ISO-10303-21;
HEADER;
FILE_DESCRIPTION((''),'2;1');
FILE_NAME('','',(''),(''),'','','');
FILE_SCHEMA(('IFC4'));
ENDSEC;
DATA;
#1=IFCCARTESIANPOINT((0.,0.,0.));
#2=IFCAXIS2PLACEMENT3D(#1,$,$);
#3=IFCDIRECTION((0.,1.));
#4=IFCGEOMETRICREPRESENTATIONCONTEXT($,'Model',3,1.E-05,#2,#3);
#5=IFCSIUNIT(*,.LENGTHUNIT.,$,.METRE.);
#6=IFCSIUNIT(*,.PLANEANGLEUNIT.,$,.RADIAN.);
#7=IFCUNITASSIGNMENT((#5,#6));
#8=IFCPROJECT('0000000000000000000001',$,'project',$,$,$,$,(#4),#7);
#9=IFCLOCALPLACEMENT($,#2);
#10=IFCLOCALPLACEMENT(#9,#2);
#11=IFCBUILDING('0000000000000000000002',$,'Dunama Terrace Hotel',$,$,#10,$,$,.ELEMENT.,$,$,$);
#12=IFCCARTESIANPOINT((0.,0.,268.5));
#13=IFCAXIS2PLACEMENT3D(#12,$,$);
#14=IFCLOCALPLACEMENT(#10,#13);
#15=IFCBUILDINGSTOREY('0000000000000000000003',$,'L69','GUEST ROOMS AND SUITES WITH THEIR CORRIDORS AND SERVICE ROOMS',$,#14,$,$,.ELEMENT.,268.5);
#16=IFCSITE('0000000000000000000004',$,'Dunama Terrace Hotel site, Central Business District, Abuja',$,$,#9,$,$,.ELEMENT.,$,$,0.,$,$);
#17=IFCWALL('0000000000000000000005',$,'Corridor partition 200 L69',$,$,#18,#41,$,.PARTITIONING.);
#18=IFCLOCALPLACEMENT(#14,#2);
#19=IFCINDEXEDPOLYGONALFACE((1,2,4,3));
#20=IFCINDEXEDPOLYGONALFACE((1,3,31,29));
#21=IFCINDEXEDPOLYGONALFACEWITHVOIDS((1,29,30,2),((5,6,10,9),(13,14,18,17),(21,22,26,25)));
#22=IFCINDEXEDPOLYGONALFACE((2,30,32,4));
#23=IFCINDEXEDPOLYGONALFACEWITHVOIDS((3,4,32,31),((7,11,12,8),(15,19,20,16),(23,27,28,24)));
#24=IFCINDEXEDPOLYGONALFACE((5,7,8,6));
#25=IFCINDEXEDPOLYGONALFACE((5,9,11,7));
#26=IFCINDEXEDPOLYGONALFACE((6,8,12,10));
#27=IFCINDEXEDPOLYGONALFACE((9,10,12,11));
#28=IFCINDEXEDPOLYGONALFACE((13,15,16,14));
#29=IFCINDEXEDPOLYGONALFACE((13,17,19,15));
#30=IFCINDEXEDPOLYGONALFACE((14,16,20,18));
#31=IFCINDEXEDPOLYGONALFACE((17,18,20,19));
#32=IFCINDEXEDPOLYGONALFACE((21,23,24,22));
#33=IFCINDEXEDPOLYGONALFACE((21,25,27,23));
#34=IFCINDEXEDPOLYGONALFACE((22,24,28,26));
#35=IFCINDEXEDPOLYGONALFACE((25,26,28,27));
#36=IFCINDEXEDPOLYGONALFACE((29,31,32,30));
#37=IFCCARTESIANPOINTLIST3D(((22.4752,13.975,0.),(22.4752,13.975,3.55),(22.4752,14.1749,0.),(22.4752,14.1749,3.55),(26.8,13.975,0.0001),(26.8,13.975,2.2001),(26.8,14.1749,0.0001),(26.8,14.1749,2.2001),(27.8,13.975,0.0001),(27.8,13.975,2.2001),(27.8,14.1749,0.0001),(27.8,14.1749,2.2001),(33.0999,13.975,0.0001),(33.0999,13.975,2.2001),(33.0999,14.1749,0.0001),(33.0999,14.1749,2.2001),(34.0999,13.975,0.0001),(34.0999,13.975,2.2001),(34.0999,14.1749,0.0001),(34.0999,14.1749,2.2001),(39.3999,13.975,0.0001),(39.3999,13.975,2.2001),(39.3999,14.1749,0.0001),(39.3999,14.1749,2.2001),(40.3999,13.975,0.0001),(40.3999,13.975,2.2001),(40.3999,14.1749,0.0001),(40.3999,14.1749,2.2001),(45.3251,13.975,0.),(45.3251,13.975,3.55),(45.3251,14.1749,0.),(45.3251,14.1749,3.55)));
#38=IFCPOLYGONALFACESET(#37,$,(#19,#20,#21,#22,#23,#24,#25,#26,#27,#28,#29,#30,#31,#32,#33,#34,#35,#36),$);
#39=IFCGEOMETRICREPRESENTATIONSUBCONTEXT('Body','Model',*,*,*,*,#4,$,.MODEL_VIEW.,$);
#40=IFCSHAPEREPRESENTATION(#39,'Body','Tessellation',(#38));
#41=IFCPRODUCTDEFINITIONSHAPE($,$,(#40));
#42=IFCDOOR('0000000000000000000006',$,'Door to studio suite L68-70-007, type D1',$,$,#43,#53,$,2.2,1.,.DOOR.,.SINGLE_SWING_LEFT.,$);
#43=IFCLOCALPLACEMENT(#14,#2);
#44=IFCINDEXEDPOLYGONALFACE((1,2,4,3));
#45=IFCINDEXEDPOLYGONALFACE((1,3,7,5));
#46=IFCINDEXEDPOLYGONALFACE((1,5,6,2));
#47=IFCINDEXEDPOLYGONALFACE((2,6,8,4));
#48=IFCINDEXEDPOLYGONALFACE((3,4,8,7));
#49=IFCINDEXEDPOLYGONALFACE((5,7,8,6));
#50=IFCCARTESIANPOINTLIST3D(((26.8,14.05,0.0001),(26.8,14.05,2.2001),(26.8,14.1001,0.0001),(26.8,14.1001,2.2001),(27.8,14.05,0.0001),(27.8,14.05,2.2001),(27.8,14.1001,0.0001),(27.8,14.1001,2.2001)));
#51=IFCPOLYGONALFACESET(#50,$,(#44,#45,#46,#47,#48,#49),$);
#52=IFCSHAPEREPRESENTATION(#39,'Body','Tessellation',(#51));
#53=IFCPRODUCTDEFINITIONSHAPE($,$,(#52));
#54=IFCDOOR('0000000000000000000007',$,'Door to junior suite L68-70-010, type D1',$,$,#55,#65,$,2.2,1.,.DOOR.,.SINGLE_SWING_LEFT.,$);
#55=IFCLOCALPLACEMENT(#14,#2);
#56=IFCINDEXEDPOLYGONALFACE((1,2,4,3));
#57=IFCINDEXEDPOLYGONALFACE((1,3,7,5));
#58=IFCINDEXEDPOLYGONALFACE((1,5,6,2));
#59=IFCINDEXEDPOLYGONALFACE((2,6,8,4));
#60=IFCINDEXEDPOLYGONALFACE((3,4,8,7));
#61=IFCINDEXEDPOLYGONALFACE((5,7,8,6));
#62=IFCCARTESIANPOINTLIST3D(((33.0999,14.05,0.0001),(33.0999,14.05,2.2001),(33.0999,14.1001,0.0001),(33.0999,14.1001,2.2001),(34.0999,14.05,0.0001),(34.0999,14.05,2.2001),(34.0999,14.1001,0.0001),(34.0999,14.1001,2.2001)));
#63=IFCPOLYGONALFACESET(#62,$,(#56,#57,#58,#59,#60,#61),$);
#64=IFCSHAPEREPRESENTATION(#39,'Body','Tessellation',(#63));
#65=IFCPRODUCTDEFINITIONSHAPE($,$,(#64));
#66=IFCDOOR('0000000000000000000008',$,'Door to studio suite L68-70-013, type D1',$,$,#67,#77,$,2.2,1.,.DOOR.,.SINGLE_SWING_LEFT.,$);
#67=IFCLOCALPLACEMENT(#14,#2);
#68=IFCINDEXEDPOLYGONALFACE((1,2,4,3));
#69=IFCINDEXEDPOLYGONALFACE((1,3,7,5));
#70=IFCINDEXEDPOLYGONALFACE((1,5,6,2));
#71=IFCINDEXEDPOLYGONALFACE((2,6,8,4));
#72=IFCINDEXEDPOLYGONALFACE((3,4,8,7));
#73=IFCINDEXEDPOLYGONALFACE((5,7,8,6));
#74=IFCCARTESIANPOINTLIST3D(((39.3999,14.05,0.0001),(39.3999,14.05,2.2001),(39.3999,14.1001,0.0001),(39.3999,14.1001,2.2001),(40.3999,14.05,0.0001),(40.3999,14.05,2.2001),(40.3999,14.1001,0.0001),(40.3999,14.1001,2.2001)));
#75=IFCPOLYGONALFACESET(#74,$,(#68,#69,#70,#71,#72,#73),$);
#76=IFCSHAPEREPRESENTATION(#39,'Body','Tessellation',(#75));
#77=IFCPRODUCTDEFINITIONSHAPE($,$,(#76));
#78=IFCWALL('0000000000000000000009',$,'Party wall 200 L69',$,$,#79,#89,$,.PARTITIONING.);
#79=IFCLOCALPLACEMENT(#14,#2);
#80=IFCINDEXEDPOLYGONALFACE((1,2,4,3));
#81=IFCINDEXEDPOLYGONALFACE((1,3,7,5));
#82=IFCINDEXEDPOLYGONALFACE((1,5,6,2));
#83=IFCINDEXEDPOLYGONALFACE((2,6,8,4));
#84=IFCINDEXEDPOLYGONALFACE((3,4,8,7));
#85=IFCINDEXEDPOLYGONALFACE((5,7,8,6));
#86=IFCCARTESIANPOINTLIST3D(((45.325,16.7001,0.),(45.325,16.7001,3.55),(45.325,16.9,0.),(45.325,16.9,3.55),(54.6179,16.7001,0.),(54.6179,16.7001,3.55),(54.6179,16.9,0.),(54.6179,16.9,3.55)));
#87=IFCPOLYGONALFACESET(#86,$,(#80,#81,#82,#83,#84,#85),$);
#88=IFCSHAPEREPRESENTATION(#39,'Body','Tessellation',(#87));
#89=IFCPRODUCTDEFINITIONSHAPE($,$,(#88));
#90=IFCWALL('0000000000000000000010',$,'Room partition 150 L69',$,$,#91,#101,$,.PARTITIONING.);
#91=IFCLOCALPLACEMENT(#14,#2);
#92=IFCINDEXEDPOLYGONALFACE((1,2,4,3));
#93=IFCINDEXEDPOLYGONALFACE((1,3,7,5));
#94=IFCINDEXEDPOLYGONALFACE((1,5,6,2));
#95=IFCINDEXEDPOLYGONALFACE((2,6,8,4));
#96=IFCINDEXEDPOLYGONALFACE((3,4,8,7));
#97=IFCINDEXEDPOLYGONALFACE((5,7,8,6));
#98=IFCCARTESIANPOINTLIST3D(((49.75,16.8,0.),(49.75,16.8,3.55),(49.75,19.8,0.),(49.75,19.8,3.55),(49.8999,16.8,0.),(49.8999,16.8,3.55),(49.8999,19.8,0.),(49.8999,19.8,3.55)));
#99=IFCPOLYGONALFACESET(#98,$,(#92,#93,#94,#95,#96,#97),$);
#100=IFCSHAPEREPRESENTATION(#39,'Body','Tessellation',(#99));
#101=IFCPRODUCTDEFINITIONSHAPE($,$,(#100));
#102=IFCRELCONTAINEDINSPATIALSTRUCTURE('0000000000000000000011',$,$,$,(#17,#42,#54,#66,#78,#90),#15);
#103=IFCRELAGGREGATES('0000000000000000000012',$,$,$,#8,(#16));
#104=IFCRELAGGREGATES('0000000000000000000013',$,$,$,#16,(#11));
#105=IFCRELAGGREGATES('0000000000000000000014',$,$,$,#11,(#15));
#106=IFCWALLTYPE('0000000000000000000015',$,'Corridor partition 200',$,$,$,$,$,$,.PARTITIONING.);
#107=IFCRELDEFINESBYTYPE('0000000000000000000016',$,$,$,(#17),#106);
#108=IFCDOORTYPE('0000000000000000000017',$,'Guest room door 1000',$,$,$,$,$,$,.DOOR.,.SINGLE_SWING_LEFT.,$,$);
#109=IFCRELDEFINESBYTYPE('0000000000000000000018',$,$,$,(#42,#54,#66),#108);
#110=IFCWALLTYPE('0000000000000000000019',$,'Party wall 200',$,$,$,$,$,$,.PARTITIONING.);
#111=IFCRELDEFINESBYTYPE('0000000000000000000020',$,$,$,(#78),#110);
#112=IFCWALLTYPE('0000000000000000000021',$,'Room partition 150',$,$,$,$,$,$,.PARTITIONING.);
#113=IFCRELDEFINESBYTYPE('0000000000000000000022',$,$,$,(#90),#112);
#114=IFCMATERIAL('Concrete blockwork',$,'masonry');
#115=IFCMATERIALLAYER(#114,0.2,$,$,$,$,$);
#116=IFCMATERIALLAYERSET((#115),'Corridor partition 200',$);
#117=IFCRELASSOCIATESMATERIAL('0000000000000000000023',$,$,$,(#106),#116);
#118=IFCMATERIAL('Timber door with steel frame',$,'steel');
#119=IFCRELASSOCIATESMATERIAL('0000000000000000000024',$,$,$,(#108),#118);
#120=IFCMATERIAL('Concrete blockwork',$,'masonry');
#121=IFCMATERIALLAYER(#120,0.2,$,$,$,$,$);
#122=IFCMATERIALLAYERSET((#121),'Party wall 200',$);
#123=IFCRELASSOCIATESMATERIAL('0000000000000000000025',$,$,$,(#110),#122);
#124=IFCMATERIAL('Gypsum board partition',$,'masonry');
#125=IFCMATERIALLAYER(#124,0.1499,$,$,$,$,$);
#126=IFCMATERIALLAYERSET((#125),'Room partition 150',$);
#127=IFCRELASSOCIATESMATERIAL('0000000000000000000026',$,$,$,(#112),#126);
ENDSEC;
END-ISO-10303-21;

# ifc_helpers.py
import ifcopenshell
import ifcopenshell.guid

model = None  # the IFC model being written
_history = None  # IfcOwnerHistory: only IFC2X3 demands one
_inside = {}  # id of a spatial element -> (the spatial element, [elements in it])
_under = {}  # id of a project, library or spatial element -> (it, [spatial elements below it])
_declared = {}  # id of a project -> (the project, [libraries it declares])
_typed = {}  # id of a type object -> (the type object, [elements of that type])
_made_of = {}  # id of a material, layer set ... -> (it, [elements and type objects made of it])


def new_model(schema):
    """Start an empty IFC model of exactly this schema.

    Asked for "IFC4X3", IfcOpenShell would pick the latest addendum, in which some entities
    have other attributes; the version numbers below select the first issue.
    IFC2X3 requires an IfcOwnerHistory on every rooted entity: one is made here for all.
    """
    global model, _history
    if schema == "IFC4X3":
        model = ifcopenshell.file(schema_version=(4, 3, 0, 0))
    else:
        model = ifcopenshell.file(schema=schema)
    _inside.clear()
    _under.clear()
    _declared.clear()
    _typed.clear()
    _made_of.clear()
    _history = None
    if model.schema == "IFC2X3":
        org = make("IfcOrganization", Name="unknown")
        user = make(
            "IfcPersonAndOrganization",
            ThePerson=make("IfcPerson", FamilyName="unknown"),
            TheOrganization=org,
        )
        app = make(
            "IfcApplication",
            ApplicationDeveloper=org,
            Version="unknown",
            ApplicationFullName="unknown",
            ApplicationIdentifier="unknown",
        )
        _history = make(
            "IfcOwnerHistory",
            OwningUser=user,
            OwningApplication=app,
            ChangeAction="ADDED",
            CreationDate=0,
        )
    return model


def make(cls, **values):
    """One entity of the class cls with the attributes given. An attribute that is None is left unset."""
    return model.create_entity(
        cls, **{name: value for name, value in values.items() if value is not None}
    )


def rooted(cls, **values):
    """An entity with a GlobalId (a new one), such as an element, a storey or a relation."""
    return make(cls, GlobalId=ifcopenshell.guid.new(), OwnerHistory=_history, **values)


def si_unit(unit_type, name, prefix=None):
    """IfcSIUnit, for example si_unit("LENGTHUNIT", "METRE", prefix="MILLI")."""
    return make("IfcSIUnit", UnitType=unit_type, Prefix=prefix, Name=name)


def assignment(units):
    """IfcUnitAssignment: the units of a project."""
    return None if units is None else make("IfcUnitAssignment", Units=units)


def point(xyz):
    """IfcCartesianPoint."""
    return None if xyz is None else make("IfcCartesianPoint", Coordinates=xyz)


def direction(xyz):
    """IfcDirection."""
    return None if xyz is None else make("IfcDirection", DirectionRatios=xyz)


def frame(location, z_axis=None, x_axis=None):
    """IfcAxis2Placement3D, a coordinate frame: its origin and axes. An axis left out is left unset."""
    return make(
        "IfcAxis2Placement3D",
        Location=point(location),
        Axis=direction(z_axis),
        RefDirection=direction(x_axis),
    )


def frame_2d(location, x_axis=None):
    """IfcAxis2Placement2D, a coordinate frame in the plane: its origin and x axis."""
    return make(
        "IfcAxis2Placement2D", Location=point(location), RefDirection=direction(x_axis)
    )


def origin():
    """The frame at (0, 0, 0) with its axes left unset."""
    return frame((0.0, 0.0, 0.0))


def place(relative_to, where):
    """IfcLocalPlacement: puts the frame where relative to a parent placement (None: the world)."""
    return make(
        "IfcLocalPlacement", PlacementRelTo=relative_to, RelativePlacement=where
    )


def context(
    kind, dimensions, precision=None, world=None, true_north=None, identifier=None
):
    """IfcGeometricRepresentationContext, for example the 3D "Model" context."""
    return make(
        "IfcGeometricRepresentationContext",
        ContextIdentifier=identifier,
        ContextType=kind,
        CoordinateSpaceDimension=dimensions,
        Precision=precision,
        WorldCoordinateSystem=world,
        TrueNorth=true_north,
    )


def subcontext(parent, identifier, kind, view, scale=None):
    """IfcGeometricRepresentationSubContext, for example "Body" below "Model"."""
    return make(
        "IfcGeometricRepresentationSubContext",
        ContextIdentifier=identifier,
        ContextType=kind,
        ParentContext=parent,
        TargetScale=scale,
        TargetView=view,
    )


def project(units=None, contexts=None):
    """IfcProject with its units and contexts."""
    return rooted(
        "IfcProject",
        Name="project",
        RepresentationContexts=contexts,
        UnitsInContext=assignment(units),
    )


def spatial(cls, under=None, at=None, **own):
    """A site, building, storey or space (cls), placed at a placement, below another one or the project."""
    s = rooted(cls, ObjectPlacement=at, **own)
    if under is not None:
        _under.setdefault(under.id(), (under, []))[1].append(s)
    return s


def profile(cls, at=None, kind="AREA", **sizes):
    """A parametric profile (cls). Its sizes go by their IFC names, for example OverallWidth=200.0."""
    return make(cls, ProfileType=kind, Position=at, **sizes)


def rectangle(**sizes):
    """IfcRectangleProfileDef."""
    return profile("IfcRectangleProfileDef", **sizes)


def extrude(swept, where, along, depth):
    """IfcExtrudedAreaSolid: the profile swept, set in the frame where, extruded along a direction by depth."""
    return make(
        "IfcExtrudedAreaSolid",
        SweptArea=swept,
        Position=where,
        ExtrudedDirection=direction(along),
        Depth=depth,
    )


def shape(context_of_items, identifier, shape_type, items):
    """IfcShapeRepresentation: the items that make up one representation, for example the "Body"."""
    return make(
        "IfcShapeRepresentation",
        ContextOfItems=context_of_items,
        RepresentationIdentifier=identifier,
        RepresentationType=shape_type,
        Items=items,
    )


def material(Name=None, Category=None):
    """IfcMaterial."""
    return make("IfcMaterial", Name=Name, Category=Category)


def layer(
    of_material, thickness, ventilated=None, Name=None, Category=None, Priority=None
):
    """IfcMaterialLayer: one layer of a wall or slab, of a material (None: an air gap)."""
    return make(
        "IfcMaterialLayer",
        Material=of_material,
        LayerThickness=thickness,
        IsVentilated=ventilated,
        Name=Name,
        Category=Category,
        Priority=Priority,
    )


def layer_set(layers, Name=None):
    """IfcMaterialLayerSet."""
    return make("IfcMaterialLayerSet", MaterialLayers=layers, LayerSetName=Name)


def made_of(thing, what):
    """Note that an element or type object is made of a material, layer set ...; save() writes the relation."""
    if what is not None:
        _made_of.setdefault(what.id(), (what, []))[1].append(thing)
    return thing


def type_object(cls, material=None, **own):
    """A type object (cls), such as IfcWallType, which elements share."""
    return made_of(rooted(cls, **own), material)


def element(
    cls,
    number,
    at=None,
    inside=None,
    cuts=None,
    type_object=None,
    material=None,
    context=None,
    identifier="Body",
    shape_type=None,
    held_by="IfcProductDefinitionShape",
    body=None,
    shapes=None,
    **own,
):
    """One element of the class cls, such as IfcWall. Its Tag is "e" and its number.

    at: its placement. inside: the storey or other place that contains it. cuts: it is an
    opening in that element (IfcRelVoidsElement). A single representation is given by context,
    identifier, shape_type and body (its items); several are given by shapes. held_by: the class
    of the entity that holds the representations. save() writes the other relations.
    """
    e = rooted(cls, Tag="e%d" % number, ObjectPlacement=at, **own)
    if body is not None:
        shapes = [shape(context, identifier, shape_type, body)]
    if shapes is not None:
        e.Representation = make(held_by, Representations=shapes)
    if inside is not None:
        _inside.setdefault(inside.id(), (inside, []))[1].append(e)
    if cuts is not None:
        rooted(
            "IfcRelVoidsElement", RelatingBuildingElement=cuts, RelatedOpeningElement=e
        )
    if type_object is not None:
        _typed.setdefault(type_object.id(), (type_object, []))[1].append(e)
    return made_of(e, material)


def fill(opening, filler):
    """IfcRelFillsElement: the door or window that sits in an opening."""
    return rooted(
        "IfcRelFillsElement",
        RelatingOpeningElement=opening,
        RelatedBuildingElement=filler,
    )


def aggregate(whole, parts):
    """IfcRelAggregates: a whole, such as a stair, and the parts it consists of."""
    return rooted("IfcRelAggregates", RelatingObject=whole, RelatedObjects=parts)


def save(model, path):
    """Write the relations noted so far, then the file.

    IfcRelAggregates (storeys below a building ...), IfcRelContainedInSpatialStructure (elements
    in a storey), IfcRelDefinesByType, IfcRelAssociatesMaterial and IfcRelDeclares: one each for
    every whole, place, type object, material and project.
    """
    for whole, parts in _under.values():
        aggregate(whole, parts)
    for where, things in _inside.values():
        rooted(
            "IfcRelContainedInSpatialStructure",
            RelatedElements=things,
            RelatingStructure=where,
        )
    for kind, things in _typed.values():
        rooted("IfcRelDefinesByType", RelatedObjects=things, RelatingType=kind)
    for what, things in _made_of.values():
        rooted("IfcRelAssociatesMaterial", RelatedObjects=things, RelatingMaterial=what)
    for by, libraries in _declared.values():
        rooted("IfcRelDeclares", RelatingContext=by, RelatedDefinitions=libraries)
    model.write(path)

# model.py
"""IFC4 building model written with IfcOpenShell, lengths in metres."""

from ifc_helpers import new_model, si_unit, direction, frame, frame_2d, origin, place, context, subcontext, project, spatial, rectangle, extrude, material, layer, layer_set, type_object, element, fill, save


model = new_model("IFC4")

# Units and contexts
model_context = context("Model", 3, precision=1e-05, world=origin(), true_north=direction((0.0, 1.0)))
body_context = subcontext(model_context, "Body", "Model", "MODEL_VIEW")
ifc_project = project(units=[si_unit("LENGTHUNIT", "METRE"), si_unit("PLANEANGLEUNIT", "RADIAN")], contexts=[model_context])

# Site, building, storey
site_placement = place(None, origin())
site = spatial("IfcSite", under=ifc_project, at=site_placement, Name="Dunama Terrace Hotel site, Central Business District, Abuja", CompositionType="ELEMENT", RefElevation=0.0)
building_placement = place(site_placement, origin())
building = spatial("IfcBuilding", under=site, at=building_placement, Name="Dunama Terrace Hotel", CompositionType="ELEMENT")
storey_placement = place(building_placement, frame((0.0, 0.0, 268.5)))
storey = spatial("IfcBuildingStorey", under=building, at=storey_placement, Name="L69", Description="GUEST ROOMS AND SUITES WITH THEIR CORRIDORS AND SERVICE ROOMS", CompositionType="ELEMENT", Elevation=268.5)

# Wall, openings, doors
ifc_material_1 = material(Name="Concrete blockwork", Category="masonry")
ifc_layer_1 = layer(ifc_material_1, 0.2)
ifc_layer_set_1 = layer_set([ifc_layer_1], Name="Corridor partition 200")
wall_type_1 = type_object("IfcWallType", Name="Corridor partition 200", PredefinedType="PARTITIONING", material=ifc_layer_set_1)
wall_1_placement = place(storey_placement, frame((45.325, 14.075, 0.0), z_axis=(0.0, 0.0, 1.0), x_axis=(-1.0, 0.0, 0.0)))
wall_1 = element("IfcWall", 1, at=wall_1_placement, inside=storey, type_object=wall_type_1, Name="Corridor partition 200 L69", PredefinedType="PARTITIONING", context=body_context, shape_type="SweptSolid", body=[
    extrude(rectangle(XDim=22.8499, YDim=0.2, at=frame_2d((11.4248, 0.0))), origin(), (0.0, 0.0, 1.0), 3.55),
])
opening_1_placement = place(wall_1_placement, frame((17.5249, 0.0, 0.0)))
opening_1 = element("IfcOpeningElement", 2, at=opening_1_placement, cuts=wall_1, PredefinedType="OPENING", context=body_context, shape_type="SweptSolid", body=[
    extrude(rectangle(XDim=1.0, YDim=2.2, at=frame_2d((0.5, 1.1001))), frame((0.0, 0.1099, 0.0), z_axis=(0.0, -1.0, 0.0), x_axis=(1.0, 0.0, 0.0)), (0.0, 0.0, 1.0), 0.22),
])
opening_2_placement = place(wall_1_placement, frame((11.2251, 0.0, 0.0)))
opening_2 = element("IfcOpeningElement", 3, at=opening_2_placement, cuts=wall_1, PredefinedType="OPENING", context=body_context, shape_type="SweptSolid", body=[
    extrude(rectangle(XDim=1.0, YDim=2.2, at=frame_2d((0.5, 1.1001))), frame((0.0, 0.1099, 0.0), z_axis=(0.0, -1.0, 0.0), x_axis=(1.0, 0.0, 0.0)), (0.0, 0.0, 1.0), 0.22),
])
opening_3_placement = place(wall_1_placement, frame((4.925, 0.0, 0.0)))
opening_3 = element("IfcOpeningElement", 4, at=opening_3_placement, cuts=wall_1, PredefinedType="OPENING", context=body_context, shape_type="SweptSolid", body=[
    extrude(rectangle(XDim=1.0, YDim=2.2, at=frame_2d((0.5, 1.1001))), frame((0.0, 0.1099, 0.0), z_axis=(0.0, -1.0, 0.0), x_axis=(1.0, 0.0, 0.0)), (0.0, 0.0, 1.0), 0.22),
])
ifc_material_2 = material(Name="Timber door with steel frame", Category="steel")
door_type_1 = type_object("IfcDoorType", Name="Guest room door 1000", OperationType="SINGLE_SWING_LEFT", PredefinedType="DOOR", material=ifc_material_2)
door_1_placement = place(opening_1_placement, origin())
door_1 = element("IfcDoor", 5, at=door_1_placement, inside=storey, type_object=door_type_1, Name="Door to studio suite L68-70-007, type D1", OperationType="SINGLE_SWING_LEFT", OverallHeight=2.2, OverallWidth=1.0, PredefinedType="DOOR", context=body_context, shape_type="SweptSolid", body=[
    extrude(rectangle(XDim=1.0, YDim=2.2, at=frame_2d((0.5, 1.1001))), frame((0.0, 0.0249, 0.0), z_axis=(0.0, -1.0, 0.0), x_axis=(1.0, 0.0, 0.0)), (0.0, 0.0, 1.0), 0.05),
])
fill(opening_1, door_1)
door_2_placement = place(opening_2_placement, origin())
door_2 = element("IfcDoor", 6, at=door_2_placement, inside=storey, type_object=door_type_1, Name="Door to junior suite L68-70-010, type D1", OperationType="SINGLE_SWING_LEFT", OverallHeight=2.2, OverallWidth=1.0, PredefinedType="DOOR", context=body_context, shape_type="SweptSolid", body=[
    extrude(rectangle(XDim=1.0, YDim=2.2, at=frame_2d((0.5, 1.1001))), frame((0.0, 0.0249, 0.0), z_axis=(0.0, -1.0, 0.0), x_axis=(1.0, 0.0, 0.0)), (0.0, 0.0, 1.0), 0.05),
])
fill(opening_2, door_2)
door_3_placement = place(opening_3_placement, origin())
door_3 = element("IfcDoor", 7, at=door_3_placement, inside=storey, type_object=door_type_1, Name="Door to studio suite L68-70-013, type D1", OperationType="SINGLE_SWING_LEFT", OverallHeight=2.2, OverallWidth=1.0, PredefinedType="DOOR", context=body_context, shape_type="SweptSolid", body=[
    extrude(rectangle(XDim=1.0, YDim=2.2, at=frame_2d((0.5, 1.1001))), frame((0.0, 0.0249, 0.0), z_axis=(0.0, -1.0, 0.0), x_axis=(1.0, 0.0, 0.0)), (0.0, 0.0, 1.0), 0.05),
])
fill(opening_3, door_3)

# Walls
ifc_material_3 = material(Name="Concrete blockwork", Category="masonry")
ifc_layer_2 = layer(ifc_material_3, 0.2)
ifc_layer_set_2 = layer_set([ifc_layer_2], Name="Party wall 200")
wall_type_2 = type_object("IfcWallType", Name="Party wall 200", PredefinedType="PARTITIONING", material=ifc_layer_set_2)
wall_2_placement = place(storey_placement, frame((45.325, 16.8, 0.0), z_axis=(0.0, 0.0, 1.0), x_axis=(1.0, 0.0, 0.0)))
element("IfcWall", 8, at=wall_2_placement, inside=storey, type_object=wall_type_2, Name="Party wall 200 L69", PredefinedType="PARTITIONING", context=body_context, shape_type="SweptSolid", body=[
    extrude(rectangle(XDim=9.293, YDim=0.2, at=frame_2d((4.6465, 0.0))), origin(), (0.0, 0.0, 1.0), 3.55),
])
ifc_material_4 = material(Name="Gypsum board partition", Category="masonry")
ifc_layer_3 = layer(ifc_material_4, 0.1499)
ifc_layer_set_3 = layer_set([ifc_layer_3], Name="Room partition 150")
wall_type_3 = type_object("IfcWallType", Name="Room partition 150", PredefinedType="PARTITIONING", material=ifc_layer_set_3)
wall_3_placement = place(storey_placement, frame((49.825, 16.8, 0.0), z_axis=(0.0, 0.0, 1.0), x_axis=(0.0, 1.0, 0.0)))
element("IfcWall", 9, at=wall_3_placement, inside=storey, type_object=wall_type_3, Name="Room partition 150 L69", PredefinedType="PARTITIONING", context=body_context, shape_type="SweptSolid", body=[
    extrude(rectangle(XDim=3.0, YDim=0.1499, at=frame_2d((1.5, 0.0))), origin(), (0.0, 0.0, 1.0), 3.55),
])

save(model, "model.ifc")
